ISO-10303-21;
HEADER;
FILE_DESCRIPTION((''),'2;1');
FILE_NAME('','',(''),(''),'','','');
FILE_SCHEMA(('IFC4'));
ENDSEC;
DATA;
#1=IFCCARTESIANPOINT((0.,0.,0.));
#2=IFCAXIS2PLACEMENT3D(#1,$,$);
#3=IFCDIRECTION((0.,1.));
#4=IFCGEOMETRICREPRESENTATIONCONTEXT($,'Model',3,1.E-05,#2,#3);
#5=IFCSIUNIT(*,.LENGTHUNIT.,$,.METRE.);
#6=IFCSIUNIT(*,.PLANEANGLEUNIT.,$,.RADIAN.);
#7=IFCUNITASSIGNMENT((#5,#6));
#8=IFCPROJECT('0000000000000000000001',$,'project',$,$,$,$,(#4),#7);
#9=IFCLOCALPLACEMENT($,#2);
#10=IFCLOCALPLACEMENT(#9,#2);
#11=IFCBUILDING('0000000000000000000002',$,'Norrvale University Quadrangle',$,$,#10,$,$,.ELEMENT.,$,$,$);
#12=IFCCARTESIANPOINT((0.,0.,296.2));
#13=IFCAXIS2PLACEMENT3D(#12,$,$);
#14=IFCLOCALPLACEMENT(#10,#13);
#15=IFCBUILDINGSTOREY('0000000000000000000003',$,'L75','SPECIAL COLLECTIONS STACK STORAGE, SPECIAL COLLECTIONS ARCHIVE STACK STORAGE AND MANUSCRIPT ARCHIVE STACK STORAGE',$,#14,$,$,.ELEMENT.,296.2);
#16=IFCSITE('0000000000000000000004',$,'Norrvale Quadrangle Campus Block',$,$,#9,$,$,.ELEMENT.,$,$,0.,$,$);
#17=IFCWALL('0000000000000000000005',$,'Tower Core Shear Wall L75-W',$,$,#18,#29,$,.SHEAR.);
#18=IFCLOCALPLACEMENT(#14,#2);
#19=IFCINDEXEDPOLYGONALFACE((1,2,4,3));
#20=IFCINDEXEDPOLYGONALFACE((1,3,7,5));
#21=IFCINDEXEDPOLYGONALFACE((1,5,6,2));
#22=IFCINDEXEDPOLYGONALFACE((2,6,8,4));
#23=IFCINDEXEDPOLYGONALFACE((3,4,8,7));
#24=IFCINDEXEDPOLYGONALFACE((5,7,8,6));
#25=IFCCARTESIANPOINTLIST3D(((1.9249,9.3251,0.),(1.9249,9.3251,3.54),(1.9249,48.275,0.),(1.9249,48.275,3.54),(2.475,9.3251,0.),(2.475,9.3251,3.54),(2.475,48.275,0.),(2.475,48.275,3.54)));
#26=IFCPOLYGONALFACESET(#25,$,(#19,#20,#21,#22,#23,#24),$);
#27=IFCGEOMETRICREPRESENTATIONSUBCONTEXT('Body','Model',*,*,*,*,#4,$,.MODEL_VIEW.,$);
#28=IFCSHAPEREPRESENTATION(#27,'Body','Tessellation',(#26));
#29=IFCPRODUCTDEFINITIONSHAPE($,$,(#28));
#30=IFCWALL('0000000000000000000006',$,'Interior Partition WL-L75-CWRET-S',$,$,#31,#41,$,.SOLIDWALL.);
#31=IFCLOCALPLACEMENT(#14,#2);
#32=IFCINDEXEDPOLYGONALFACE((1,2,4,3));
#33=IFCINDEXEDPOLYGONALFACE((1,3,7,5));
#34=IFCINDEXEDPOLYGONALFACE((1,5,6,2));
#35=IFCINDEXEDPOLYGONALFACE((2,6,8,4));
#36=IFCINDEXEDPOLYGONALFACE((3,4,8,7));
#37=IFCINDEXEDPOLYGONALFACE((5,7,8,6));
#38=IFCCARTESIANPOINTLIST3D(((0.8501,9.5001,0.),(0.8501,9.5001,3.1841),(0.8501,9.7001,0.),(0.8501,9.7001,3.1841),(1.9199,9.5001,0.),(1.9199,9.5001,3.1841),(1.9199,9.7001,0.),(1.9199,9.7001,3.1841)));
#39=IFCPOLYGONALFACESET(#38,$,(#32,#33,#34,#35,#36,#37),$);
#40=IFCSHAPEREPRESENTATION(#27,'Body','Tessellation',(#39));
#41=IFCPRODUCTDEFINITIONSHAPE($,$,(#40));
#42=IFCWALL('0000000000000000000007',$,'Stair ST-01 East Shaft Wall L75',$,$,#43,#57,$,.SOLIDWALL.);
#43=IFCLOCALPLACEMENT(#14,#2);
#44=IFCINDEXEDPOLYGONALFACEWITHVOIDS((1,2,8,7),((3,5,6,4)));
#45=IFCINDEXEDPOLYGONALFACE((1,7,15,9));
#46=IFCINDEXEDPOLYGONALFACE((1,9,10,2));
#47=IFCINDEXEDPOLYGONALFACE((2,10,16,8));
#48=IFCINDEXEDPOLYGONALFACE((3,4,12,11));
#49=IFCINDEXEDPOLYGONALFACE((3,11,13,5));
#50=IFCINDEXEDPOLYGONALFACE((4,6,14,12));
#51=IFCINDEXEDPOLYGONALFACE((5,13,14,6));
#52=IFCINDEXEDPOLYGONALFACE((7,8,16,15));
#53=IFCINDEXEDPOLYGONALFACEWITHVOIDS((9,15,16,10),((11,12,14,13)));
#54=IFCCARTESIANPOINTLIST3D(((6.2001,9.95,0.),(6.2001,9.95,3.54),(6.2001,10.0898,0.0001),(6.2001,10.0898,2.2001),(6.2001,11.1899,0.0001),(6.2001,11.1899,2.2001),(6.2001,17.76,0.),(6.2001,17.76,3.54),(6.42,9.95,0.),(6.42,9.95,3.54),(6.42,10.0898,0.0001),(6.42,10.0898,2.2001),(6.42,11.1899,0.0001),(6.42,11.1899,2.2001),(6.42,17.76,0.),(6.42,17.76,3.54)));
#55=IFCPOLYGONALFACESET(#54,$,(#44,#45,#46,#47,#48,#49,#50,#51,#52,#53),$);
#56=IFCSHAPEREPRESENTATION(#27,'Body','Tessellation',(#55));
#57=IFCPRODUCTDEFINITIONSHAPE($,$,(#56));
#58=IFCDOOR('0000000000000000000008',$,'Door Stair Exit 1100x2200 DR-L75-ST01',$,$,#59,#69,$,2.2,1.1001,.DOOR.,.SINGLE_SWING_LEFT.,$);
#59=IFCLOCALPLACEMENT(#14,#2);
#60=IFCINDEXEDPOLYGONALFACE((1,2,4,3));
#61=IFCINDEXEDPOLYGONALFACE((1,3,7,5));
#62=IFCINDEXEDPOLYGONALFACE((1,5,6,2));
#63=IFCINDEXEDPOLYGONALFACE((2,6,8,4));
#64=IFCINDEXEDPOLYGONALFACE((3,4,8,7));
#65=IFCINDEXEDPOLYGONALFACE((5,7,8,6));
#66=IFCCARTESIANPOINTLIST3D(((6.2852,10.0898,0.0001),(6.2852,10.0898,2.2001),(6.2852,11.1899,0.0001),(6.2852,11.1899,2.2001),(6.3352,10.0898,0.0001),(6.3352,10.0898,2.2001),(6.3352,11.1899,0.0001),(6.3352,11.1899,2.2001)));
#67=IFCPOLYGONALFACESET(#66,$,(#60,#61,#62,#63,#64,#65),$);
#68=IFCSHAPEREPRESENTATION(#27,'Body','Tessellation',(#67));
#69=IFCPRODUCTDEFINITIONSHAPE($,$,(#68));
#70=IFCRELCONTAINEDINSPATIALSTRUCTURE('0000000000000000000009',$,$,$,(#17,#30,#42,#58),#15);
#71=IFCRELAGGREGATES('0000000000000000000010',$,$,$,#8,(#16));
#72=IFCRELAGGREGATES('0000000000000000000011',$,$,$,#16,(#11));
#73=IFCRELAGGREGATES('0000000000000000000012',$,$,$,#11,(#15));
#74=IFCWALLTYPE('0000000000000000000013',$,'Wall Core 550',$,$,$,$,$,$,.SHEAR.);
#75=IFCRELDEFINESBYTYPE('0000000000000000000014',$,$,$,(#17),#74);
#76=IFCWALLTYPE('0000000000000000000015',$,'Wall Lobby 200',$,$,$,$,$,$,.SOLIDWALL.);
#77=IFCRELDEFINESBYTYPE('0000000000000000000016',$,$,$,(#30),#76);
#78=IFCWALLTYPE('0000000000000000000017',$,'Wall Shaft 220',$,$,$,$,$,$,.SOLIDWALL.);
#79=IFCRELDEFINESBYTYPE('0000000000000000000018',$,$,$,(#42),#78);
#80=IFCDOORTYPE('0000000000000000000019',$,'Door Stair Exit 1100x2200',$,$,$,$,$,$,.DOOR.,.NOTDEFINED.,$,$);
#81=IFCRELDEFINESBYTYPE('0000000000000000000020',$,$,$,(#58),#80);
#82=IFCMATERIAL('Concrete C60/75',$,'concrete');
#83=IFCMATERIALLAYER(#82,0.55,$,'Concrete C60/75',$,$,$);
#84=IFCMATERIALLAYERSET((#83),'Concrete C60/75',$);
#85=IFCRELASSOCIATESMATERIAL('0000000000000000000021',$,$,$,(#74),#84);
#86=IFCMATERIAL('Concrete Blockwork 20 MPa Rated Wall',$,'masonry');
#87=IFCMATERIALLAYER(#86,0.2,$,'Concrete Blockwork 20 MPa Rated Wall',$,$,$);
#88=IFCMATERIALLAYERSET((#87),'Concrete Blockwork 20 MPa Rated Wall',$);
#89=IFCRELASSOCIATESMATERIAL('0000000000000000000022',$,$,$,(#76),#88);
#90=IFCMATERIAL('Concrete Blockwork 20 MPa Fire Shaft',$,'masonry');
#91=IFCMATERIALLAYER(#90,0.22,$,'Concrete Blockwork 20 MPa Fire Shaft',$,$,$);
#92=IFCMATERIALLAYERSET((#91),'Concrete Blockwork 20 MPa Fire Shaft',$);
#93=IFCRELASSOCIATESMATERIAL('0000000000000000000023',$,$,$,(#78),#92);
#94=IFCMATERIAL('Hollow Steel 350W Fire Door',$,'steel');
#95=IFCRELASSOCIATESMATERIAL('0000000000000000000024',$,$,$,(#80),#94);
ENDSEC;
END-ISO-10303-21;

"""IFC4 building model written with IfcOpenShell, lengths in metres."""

from ifc_helpers import new_model, si_unit, direction, frame, frame_2d, origin, place, context, subcontext, project, spatial, rectangle, extrude, material, layer, layer_set, type_object, element, fill, save


model = new_model("IFC4")

# Units and contexts
model_context = context("Model", 3, precision=1e-05, world=origin(), true_north=direction((0.0, 1.0)))
body_context = subcontext(model_context, "Body", "Model", "MODEL_VIEW")
ifc_project = project(units=[si_unit("LENGTHUNIT", "METRE"), si_unit("PLANEANGLEUNIT", "RADIAN")], contexts=[model_context])

# Site, building, storey
site_placement = place(None, origin())
site = spatial("IfcSite", under=ifc_project, at=site_placement, Name="Norrvale Quadrangle Campus Block", CompositionType="ELEMENT", RefElevation=0.0)
building_placement = place(site_placement, origin())
building = spatial("IfcBuilding", under=site, at=building_placement, Name="Norrvale University Quadrangle", CompositionType="ELEMENT")
storey_placement = place(building_placement, frame((0.0, 0.0, 296.2)))
storey = spatial("IfcBuildingStorey", under=building, at=storey_placement, Name="L75", Description="SPECIAL COLLECTIONS STACK STORAGE, SPECIAL COLLECTIONS ARCHIVE STACK STORAGE AND MANUSCRIPT ARCHIVE STACK STORAGE", CompositionType="ELEMENT", Elevation=296.2)

# Shared definitions
ifc_material_1 = material(Name="Concrete C60/75", Category="concrete")

# Walls
ifc_layer_1 = layer(ifc_material_1, 0.55, Name="Concrete C60/75")
ifc_layer_set_1 = layer_set([ifc_layer_1], Name="Concrete C60/75")
wall_type_1 = type_object("IfcWallType", Name="Wall Core 550", PredefinedType="SHEAR", material=ifc_layer_set_1)
wall_1_placement = place(storey_placement, frame((2.2, 9.325, 0.0), z_axis=(0.0, 0.0, 1.0), x_axis=(0.0, 1.0, 0.0)))
element("IfcWall", 1, at=wall_1_placement, inside=storey, type_object=wall_type_1, Name="Tower Core Shear Wall L75-W", PredefinedType="SHEAR", context=body_context, shape_type="SweptSolid", body=[
    extrude(rectangle(XDim=38.95, YDim=0.55, at=frame_2d((19.4751, 0.0))), origin(), (0.0, 0.0, 1.0), 3.54),
])
ifc_material_2 = material(Name="Concrete Blockwork 20 MPa Rated Wall", Category="masonry")
ifc_layer_2 = layer(ifc_material_2, 0.2, Name="Concrete Blockwork 20 MPa Rated Wall")
ifc_layer_set_2 = layer_set([ifc_layer_2], Name="Concrete Blockwork 20 MPa Rated Wall")
wall_type_2 = type_object("IfcWallType", Name="Wall Lobby 200", PredefinedType="SOLIDWALL", material=ifc_layer_set_2)
wall_2_placement = place(storey_placement, frame((0.8501, 9.6001, 0.0), z_axis=(0.0, 0.0, 1.0), x_axis=(1.0, 0.0, 0.0)))
element("IfcWall", 2, at=wall_2_placement, inside=storey, type_object=wall_type_2, Name="Interior Partition WL-L75-CWRET-S", PredefinedType="SOLIDWALL", context=body_context, shape_type="SweptSolid", body=[
    extrude(rectangle(XDim=1.0698, YDim=0.2, at=frame_2d((0.5349, 0.0))), origin(), (0.0, 0.0, 1.0), 3.1841),
])

# Wall, opening, door
ifc_material_3 = material(Name="Concrete Blockwork 20 MPa Fire Shaft", Category="masonry")
ifc_layer_3 = layer(ifc_material_3, 0.22, Name="Concrete Blockwork 20 MPa Fire Shaft")
ifc_layer_set_3 = layer_set([ifc_layer_3], Name="Concrete Blockwork 20 MPa Fire Shaft")
wall_type_3 = type_object("IfcWallType", Name="Wall Shaft 220", PredefinedType="SOLIDWALL", material=ifc_layer_set_3)
wall_3_placement = place(storey_placement, frame((6.3101, 9.95, 0.0), z_axis=(0.0, 0.0, 1.0), x_axis=(0.0, 1.0, 0.0)))
wall_3 = element("IfcWall", 3, at=wall_3_placement, inside=storey, type_object=wall_type_3, Name="Stair ST-01 East Shaft Wall L75", PredefinedType="SOLIDWALL", context=body_context, shape_type="SweptSolid", body=[
    extrude(rectangle(XDim=7.8101, YDim=0.22, at=frame_2d((3.905, 0.0))), origin(), (0.0, 0.0, 1.0), 3.54),
])
opening_1_placement = place(wall_3_placement, frame((0.1399, 0.0, 0.0)))
opening_1 = element("IfcOpeningElement", 4, at=opening_1_placement, cuts=wall_3, PredefinedType="OPENING", context=body_context, shape_type="SweptSolid", body=[
    extrude(rectangle(XDim=1.1001, YDim=2.2, at=frame_2d((0.55, 1.1001))), frame((0.0, 0.1221, 0.0), z_axis=(0.0, -1.0, 0.0), x_axis=(1.0, 0.0, 0.0)), (0.0, 0.0, 1.0), 0.2439),
])
ifc_material_4 = material(Name="Hollow Steel 350W Fire Door", Category="steel")
door_type = type_object("IfcDoorType", Name="Door Stair Exit 1100x2200", OperationType="NOTDEFINED", PredefinedType="DOOR", material=ifc_material_4)
door_placement = place(opening_1_placement, origin())
door = element("IfcDoor", 5, at=door_placement, inside=storey, type_object=door_type, Name="Door Stair Exit 1100x2200 DR-L75-ST01", OperationType="SINGLE_SWING_LEFT", OverallHeight=2.2, OverallWidth=1.1001, PredefinedType="DOOR", context=body_context, shape_type="SweptSolid", body=[
    extrude(rectangle(XDim=1.1001, YDim=2.2, at=frame_2d((0.55, 1.1001))), frame((0.0, 0.0249, 0.0), z_axis=(0.0, -1.0, 0.0), x_axis=(1.0, 0.0, 0.0)), (0.0, 0.0, 1.0), 0.05),
])
fill(opening_1, door)

save(model, "model.ifc")
